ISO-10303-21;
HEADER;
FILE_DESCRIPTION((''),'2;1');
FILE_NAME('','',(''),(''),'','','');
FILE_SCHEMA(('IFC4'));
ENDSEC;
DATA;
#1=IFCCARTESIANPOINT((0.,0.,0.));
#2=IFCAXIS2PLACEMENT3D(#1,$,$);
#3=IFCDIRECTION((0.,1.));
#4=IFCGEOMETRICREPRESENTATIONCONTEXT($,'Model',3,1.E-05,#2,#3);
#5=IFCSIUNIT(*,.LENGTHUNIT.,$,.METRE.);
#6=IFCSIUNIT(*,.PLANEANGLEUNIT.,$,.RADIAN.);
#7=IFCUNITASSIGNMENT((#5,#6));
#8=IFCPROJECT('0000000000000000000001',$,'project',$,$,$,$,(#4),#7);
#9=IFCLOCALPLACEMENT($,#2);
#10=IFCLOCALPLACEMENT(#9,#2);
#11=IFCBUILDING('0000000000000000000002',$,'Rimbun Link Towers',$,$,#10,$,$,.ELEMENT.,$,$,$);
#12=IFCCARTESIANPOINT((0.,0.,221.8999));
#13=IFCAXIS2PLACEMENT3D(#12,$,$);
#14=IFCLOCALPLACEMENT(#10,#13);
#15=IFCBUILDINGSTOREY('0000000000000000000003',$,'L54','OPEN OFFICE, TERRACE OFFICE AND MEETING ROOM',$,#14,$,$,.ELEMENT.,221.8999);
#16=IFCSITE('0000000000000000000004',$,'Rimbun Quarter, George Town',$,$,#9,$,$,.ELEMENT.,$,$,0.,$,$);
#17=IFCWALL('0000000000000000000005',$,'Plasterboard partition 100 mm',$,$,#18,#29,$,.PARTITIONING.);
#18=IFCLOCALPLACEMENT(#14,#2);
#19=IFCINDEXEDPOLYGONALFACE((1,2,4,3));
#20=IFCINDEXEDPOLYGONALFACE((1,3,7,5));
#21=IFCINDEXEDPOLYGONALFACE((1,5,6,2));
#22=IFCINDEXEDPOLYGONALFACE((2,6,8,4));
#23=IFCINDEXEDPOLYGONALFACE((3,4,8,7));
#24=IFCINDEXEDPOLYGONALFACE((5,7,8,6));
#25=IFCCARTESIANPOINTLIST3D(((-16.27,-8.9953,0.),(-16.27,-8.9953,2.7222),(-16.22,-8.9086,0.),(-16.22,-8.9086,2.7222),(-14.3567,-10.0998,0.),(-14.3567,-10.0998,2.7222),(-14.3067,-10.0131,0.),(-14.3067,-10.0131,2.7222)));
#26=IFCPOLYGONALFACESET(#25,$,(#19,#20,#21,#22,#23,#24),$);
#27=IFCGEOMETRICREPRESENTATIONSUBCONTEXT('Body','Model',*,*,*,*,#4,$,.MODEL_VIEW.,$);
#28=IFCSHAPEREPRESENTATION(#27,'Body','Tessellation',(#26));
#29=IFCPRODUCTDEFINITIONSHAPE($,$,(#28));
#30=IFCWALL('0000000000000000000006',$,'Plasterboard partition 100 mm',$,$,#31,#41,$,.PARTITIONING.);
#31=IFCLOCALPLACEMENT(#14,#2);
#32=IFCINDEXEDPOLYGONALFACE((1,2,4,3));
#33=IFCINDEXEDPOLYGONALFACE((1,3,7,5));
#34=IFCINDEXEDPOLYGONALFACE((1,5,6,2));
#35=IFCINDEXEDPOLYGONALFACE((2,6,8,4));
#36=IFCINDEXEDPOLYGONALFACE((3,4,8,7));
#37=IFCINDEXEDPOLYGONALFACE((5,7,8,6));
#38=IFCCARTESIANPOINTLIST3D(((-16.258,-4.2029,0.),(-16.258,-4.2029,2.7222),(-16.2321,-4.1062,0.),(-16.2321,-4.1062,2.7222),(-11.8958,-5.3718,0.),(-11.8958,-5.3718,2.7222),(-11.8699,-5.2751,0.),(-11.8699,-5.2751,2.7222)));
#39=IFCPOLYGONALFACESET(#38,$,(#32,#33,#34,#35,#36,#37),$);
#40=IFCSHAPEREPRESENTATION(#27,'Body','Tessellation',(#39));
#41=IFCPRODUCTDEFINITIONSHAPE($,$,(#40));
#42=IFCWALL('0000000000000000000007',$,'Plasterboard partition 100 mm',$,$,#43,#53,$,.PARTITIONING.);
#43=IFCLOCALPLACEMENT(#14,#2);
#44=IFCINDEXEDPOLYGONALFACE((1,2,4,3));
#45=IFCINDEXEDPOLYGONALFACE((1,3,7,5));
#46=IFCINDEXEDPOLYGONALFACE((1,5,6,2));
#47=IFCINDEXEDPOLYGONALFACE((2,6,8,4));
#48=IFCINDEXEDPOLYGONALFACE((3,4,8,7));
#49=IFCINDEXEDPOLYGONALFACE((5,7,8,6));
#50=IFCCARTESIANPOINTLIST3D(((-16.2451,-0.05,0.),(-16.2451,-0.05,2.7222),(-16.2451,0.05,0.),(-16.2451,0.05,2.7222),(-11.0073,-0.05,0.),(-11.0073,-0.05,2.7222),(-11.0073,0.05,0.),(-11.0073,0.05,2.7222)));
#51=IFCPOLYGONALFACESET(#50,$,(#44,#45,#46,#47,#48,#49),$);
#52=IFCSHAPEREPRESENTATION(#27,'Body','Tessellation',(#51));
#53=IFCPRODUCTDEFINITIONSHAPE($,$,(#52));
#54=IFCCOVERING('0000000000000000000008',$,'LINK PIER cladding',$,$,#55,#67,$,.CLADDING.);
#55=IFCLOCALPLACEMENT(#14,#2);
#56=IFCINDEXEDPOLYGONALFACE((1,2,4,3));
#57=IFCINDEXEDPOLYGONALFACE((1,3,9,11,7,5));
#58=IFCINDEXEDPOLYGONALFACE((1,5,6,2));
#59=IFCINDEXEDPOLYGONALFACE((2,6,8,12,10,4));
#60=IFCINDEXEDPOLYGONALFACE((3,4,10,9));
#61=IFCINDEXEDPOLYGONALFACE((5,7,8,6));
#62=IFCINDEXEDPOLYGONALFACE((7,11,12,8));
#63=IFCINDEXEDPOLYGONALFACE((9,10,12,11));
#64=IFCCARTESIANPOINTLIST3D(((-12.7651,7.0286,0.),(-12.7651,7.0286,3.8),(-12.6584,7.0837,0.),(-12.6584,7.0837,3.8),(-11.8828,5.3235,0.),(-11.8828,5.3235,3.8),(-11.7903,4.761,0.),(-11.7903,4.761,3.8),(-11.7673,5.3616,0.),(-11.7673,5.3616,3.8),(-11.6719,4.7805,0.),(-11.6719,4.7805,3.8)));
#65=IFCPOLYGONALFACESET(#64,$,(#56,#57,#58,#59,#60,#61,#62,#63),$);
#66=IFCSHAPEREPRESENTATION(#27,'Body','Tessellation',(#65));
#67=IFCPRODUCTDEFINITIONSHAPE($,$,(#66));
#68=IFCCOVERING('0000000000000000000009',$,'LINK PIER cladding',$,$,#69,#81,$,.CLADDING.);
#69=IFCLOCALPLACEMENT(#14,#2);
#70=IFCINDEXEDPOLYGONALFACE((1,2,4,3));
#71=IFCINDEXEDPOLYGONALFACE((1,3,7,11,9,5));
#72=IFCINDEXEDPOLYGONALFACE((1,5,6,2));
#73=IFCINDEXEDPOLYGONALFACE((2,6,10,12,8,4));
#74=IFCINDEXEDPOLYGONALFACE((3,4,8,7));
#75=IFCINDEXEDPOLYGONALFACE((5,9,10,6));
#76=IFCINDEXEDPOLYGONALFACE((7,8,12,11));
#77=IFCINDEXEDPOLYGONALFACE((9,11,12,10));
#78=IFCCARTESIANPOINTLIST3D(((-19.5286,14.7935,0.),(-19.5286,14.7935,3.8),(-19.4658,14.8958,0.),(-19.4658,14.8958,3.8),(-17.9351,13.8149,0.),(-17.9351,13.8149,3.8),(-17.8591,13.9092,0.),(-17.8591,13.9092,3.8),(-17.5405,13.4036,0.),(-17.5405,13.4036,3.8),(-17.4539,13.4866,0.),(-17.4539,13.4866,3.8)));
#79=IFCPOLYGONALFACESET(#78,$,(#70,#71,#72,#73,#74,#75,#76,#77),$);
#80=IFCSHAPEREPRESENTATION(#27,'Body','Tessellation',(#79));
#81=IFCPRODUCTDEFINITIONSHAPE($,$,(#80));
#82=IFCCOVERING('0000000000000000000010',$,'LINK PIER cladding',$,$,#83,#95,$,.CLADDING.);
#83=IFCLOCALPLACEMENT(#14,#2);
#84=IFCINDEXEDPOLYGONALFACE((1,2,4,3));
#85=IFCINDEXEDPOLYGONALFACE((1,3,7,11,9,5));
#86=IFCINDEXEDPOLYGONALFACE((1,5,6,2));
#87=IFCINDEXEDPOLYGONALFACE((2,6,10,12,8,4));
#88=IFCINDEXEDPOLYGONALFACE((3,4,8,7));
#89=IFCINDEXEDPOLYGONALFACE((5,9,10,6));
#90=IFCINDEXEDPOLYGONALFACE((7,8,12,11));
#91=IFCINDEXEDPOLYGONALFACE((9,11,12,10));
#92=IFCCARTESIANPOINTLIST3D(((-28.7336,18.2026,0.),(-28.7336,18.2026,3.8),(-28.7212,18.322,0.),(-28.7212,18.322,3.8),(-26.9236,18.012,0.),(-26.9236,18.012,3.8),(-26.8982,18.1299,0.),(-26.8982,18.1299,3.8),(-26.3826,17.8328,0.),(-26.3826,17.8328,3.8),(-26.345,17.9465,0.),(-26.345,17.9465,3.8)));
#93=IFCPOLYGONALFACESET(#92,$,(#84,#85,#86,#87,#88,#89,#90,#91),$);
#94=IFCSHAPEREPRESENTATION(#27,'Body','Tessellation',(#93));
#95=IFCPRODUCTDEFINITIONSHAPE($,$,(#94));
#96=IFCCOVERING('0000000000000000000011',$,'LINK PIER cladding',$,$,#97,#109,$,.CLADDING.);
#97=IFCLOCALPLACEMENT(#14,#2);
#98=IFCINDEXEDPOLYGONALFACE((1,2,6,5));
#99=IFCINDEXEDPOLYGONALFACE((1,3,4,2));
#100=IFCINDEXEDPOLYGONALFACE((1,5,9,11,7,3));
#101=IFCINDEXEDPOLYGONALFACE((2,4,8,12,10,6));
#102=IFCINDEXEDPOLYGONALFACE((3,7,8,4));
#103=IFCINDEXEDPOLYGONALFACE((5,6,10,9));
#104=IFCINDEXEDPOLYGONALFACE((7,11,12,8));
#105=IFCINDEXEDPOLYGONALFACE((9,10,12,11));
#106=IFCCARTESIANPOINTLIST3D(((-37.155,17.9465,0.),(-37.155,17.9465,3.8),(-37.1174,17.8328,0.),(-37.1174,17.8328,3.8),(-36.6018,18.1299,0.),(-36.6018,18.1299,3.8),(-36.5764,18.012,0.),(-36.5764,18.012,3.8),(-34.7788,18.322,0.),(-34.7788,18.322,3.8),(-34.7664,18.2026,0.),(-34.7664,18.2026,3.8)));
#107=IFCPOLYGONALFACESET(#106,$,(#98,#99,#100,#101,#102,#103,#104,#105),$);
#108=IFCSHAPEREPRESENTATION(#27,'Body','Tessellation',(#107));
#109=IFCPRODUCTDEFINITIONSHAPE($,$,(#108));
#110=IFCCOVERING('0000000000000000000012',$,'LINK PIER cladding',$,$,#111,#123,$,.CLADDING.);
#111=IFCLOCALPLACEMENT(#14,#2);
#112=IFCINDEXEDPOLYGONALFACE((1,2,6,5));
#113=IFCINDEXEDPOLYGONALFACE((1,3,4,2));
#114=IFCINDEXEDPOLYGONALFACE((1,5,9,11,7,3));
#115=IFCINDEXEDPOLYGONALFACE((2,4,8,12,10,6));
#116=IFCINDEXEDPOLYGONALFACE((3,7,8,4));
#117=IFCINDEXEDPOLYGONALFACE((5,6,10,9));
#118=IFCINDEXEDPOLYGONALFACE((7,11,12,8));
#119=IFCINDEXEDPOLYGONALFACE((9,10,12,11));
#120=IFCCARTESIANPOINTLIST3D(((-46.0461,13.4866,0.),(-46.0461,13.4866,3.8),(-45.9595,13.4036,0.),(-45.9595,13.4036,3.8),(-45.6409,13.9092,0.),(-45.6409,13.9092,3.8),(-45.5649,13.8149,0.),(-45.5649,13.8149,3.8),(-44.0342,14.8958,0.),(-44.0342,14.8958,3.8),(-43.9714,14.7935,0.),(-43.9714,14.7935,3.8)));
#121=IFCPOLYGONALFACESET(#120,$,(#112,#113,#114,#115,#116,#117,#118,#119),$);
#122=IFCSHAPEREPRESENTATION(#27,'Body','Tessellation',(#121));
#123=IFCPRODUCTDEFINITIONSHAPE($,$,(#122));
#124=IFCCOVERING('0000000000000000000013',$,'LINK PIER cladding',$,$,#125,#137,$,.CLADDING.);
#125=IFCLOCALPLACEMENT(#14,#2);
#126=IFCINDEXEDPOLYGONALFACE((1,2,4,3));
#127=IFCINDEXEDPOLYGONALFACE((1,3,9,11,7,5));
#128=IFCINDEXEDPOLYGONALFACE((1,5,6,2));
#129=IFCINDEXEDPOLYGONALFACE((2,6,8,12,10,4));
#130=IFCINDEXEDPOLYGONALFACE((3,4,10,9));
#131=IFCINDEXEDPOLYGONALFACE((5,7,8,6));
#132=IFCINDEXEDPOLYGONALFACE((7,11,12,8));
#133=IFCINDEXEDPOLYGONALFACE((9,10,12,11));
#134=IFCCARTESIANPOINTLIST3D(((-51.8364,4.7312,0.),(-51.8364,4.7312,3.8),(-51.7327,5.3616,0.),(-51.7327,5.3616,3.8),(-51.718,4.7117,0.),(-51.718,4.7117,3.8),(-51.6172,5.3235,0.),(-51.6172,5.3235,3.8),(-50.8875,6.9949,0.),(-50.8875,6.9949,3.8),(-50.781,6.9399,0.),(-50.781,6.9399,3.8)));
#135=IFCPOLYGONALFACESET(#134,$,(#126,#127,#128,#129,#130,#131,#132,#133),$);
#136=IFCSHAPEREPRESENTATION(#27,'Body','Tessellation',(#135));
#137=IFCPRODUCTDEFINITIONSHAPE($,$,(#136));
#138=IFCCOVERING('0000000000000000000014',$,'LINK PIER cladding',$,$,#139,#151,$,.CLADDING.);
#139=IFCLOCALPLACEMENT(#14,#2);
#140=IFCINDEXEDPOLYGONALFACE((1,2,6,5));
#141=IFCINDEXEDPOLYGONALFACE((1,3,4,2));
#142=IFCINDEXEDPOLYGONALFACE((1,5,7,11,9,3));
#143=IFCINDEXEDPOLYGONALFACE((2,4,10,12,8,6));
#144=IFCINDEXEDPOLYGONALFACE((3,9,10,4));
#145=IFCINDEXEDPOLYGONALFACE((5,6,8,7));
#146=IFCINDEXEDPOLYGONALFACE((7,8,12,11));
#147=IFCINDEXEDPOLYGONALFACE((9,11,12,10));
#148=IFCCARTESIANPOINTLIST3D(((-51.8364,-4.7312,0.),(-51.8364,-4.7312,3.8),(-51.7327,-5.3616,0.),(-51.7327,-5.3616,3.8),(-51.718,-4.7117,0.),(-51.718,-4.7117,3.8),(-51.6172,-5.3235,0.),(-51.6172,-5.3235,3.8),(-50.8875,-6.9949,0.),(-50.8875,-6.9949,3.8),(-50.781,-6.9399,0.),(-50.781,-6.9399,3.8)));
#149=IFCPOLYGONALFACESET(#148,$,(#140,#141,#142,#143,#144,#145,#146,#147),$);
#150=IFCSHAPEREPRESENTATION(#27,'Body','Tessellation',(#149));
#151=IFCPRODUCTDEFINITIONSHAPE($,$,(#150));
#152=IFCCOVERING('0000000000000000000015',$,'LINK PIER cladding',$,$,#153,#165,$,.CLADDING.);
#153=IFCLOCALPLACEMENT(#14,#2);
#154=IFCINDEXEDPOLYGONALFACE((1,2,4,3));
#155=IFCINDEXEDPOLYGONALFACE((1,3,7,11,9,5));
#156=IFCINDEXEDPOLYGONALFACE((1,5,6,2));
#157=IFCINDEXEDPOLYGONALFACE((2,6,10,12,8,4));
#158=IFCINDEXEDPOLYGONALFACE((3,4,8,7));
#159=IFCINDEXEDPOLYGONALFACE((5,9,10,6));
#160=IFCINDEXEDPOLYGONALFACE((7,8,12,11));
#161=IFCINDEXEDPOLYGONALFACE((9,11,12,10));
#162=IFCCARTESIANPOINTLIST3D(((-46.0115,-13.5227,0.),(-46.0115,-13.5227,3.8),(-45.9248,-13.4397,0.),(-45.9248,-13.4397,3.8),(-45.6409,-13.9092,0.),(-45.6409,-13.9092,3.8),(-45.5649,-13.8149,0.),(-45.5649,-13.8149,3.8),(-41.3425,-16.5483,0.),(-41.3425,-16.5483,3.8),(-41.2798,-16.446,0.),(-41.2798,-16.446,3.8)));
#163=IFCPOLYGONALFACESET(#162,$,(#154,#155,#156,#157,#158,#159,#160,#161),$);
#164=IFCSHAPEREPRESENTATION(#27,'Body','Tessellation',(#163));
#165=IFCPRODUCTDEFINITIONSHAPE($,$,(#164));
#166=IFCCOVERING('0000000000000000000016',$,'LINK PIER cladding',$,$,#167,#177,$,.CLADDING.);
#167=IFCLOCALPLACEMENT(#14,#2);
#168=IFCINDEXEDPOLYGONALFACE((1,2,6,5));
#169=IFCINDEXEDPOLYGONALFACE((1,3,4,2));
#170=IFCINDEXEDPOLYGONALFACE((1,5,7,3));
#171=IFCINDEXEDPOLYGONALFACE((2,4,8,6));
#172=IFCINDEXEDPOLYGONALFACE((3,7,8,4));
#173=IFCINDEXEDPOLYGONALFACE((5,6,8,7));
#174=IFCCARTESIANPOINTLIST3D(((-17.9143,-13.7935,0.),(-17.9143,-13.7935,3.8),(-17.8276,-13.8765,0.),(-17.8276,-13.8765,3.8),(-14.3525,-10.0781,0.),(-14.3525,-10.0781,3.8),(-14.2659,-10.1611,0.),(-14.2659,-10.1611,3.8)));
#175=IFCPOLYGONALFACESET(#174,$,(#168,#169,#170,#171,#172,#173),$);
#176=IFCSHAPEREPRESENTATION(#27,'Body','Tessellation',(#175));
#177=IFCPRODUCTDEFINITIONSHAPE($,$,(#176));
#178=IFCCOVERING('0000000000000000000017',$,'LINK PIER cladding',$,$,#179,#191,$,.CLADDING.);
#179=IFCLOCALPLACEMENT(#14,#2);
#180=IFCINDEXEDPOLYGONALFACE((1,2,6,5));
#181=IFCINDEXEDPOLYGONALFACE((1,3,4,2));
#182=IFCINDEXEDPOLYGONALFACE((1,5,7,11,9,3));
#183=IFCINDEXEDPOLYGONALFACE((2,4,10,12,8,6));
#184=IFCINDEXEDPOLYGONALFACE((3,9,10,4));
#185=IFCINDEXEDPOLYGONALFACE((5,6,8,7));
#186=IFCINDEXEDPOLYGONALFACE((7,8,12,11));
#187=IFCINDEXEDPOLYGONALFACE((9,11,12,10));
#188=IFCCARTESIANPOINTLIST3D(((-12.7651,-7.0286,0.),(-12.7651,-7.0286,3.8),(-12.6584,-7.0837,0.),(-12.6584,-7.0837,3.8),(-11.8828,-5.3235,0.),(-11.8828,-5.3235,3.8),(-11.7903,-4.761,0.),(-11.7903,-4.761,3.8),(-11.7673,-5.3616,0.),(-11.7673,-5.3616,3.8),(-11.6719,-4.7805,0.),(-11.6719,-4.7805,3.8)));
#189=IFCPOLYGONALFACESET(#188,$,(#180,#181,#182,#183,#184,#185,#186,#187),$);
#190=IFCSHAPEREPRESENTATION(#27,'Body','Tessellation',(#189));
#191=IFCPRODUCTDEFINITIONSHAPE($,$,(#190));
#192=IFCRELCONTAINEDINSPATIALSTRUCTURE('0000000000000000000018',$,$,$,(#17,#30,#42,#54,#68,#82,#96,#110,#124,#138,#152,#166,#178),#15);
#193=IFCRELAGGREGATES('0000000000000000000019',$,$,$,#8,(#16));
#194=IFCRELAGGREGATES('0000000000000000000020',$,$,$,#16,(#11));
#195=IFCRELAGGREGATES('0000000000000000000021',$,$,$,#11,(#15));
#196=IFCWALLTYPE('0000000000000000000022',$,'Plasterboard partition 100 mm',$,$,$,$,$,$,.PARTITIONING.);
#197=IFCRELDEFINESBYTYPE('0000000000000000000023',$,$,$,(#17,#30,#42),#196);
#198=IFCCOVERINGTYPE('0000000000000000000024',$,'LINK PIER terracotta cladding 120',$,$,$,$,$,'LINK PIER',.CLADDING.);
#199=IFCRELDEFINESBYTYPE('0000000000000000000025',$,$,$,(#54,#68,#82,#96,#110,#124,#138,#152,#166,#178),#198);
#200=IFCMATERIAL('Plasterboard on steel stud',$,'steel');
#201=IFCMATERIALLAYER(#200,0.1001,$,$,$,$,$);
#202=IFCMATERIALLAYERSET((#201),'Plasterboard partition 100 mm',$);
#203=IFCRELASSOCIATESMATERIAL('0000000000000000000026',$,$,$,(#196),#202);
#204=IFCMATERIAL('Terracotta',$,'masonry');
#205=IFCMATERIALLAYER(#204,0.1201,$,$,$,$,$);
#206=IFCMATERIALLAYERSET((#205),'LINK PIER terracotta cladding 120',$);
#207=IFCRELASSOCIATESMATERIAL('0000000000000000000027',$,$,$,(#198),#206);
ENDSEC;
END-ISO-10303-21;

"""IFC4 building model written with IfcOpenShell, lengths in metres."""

from ifc_helpers import new_model, si_unit, direction, frame, frame_2d, origin, place, context, subcontext, project, spatial, polyline, rectangle, outline, extrude, material, layer, layer_set, type_object, element, save


model = new_model("IFC4")

# Units and contexts
model_context = context("Model", 3, precision=1e-05, world=origin(), true_north=direction((0.0, 1.0)))
body_context = subcontext(model_context, "Body", "Model", "MODEL_VIEW")
ifc_project = project(units=[si_unit("LENGTHUNIT", "METRE"), si_unit("PLANEANGLEUNIT", "RADIAN")], contexts=[model_context])

# Site, building, storey
site_placement = place(None, origin())
site = spatial("IfcSite", under=ifc_project, at=site_placement, Name="Rimbun Quarter, George Town", CompositionType="ELEMENT", RefElevation=0.0)
building_placement = place(site_placement, origin())
building = spatial("IfcBuilding", under=site, at=building_placement, Name="Rimbun Link Towers", CompositionType="ELEMENT")
storey_placement = place(building_placement, frame((0.0, 0.0, 221.8999)))
storey = spatial("IfcBuildingStorey", under=building, at=storey_placement, Name="L54", Description="OPEN OFFICE, TERRACE OFFICE AND MEETING ROOM", CompositionType="ELEMENT", Elevation=221.8999)

# Walls
ifc_material_1 = material(Name="Plasterboard on steel stud", Category="steel")
ifc_layer_1 = layer(ifc_material_1, 0.1001)
ifc_layer_set_1 = layer_set([ifc_layer_1], Name="Plasterboard partition 100 mm")
wall_type = type_object("IfcWallType", Name="Plasterboard partition 100 mm", PredefinedType="PARTITIONING", material=ifc_layer_set_1)
wall_1_placement = place(storey_placement, frame((-14.3318, -10.0564, 0.0), z_axis=(0.0, 0.0, 1.0), x_axis=(-0.866059, 0.499942, 0.0)))
element("IfcWall", 1, at=wall_1_placement, inside=storey, type_object=wall_type, Name="Plasterboard partition 100 mm", PredefinedType="PARTITIONING", context=body_context, shape_type="SweptSolid", body=[
    extrude(rectangle(XDim=2.2092, YDim=0.1001, at=frame_2d((1.1045, 0.0))), origin(), (0.0, 0.0, 1.0), 2.7222),
])
wall_2_placement = place(storey_placement, frame((-11.8828, -5.3235, 0.0), z_axis=(0.0, 0.0, 1.0), x_axis=(-0.965922, 0.258833, 0.0)))
element("IfcWall", 2, at=wall_2_placement, inside=storey, type_object=wall_type, Name="Plasterboard partition 100 mm", PredefinedType="PARTITIONING", context=body_context, shape_type="SweptSolid", body=[
    extrude(rectangle(XDim=4.5161, YDim=0.1001, at=frame_2d((2.2581, 0.0))), origin(), (0.0, 0.0, 1.0), 2.7222),
])
wall_3_placement = place(storey_placement, frame((-11.0073, 0.0, 0.0), z_axis=(0.0, 0.0, 1.0), x_axis=(-1.0, 0.0, 0.0)))
element("IfcWall", 3, at=wall_3_placement, inside=storey, type_object=wall_type, Name="Plasterboard partition 100 mm", PredefinedType="PARTITIONING", context=body_context, shape_type="SweptSolid", body=[
    extrude(rectangle(XDim=5.2378, YDim=0.1001, at=frame_2d((2.6189, 0.0))), origin(), (0.0, 0.0, 1.0), 2.7222),
])

# Coverings
ifc_material_2 = material(Name="Terracotta", Category="masonry")
ifc_layer_2 = layer(ifc_material_2, 0.1201)
ifc_layer_set_2 = layer_set([ifc_layer_2], Name="LINK PIER terracotta cladding 120")
covering_type_1 = type_object("IfcCoveringType", Name="LINK PIER terracotta cladding 120", ElementType="LINK PIER", PredefinedType="CLADDING", material=ifc_layer_set_2)
covering_1_placement = place(storey_placement, origin())
element("IfcCovering", 4, at=covering_1_placement, inside=storey, type_object=covering_type_1, Name="LINK PIER cladding", PredefinedType="CLADDING", context=body_context, shape_type="SweptSolid", body=[
    extrude(outline(polyline([(-12.7651, 7.0286), (-11.8828, 5.3235), (-11.7903, 4.761), (-11.6719, 4.7805), (-11.7673, 5.3616), (-12.6584, 7.0837), (-12.7651, 7.0286)])), origin(), (0.0, 0.0, 1.0), 3.8),
])
covering_2_placement = place(storey_placement, origin())
element("IfcCovering", 5, at=covering_2_placement, inside=storey, type_object=covering_type_1, Name="LINK PIER cladding", PredefinedType="CLADDING", context=body_context, shape_type="SweptSolid", body=[
    extrude(outline(polyline([(-19.5286, 14.7935), (-17.9351, 13.8149), (-17.5405, 13.4036), (-17.4539, 13.4866), (-17.8591, 13.9092), (-19.4658, 14.8958), (-19.5286, 14.7935)])), origin(), (0.0, 0.0, 1.0), 3.8),
])
covering_3_placement = place(storey_placement, origin())
element("IfcCovering", 6, at=covering_3_placement, inside=storey, type_object=covering_type_1, Name="LINK PIER cladding", PredefinedType="CLADDING", context=body_context, shape_type="SweptSolid", body=[
    extrude(outline(polyline([(-28.7336, 18.2026), (-26.9236, 18.012), (-26.3826, 17.8328), (-26.345, 17.9465), (-26.8982, 18.1299), (-28.7212, 18.322), (-28.7336, 18.2026)])), origin(), (0.0, 0.0, 1.0), 3.8),
])
covering_4_placement = place(storey_placement, origin())
element("IfcCovering", 7, at=covering_4_placement, inside=storey, type_object=covering_type_1, Name="LINK PIER cladding", PredefinedType="CLADDING", context=body_context, shape_type="SweptSolid", body=[
    extrude(outline(polyline([(-37.1174, 17.8328), (-36.5764, 18.012), (-34.7664, 18.2026), (-34.7788, 18.322), (-36.6018, 18.1299), (-37.155, 17.9465), (-37.1174, 17.8328)])), origin(), (0.0, 0.0, 1.0), 3.8),
])
covering_5_placement = place(storey_placement, origin())
element("IfcCovering", 8, at=covering_5_placement, inside=storey, type_object=covering_type_1, Name="LINK PIER cladding", PredefinedType="CLADDING", context=body_context, shape_type="SweptSolid", body=[
    extrude(outline(polyline([(-45.9595, 13.4036), (-45.5649, 13.8149), (-43.9714, 14.7935), (-44.0342, 14.8958), (-45.6409, 13.9092), (-46.0461, 13.4866), (-45.9595, 13.4036)])), origin(), (0.0, 0.0, 1.0), 3.8),
])
covering_6_placement = place(storey_placement, origin())
element("IfcCovering", 9, at=covering_6_placement, inside=storey, type_object=covering_type_1, Name="LINK PIER cladding", PredefinedType="CLADDING", context=body_context, shape_type="SweptSolid", body=[
    extrude(outline(polyline([(-51.718, 4.7117), (-51.6172, 5.3235), (-50.781, 6.9399), (-50.8875, 6.9949), (-51.7327, 5.3616), (-51.8364, 4.7312), (-51.718, 4.7117)])), origin(), (0.0, 0.0, 1.0), 3.8),
])
covering_7_placement = place(storey_placement, origin())
element("IfcCovering", 10, at=covering_7_placement, inside=storey, type_object=covering_type_1, Name="LINK PIER cladding", PredefinedType="CLADDING", context=body_context, shape_type="SweptSolid", body=[
    extrude(outline(polyline([(-50.781, -6.9399), (-51.6172, -5.3235), (-51.718, -4.7117), (-51.8364, -4.7312), (-51.7327, -5.3616), (-50.8875, -6.9949), (-50.781, -6.9399)])), origin(), (0.0, 0.0, 1.0), 3.8),
])
covering_8_placement = place(storey_placement, origin())
element("IfcCovering", 11, at=covering_8_placement, inside=storey, type_object=covering_type_1, Name="LINK PIER cladding", PredefinedType="CLADDING", context=body_context, shape_type="SweptSolid", body=[
    extrude(outline(polyline([(-41.2798, -16.446), (-45.5649, -13.8149), (-45.9248, -13.4397), (-46.0115, -13.5227), (-45.6409, -13.9092), (-41.3425, -16.5483), (-41.2798, -16.446)])), origin(), (0.0, 0.0, 1.0), 3.8),
])
covering_9_placement = place(storey_placement, origin())
element("IfcCovering", 12, at=covering_9_placement, inside=storey, type_object=covering_type_1, Name="LINK PIER cladding", PredefinedType="CLADDING", context=body_context, shape_type="SweptSolid", body=[
    extrude(outline(polyline([(-14.3525, -10.0781), (-17.9143, -13.7935), (-17.8276, -13.8765), (-14.2659, -10.1611), (-14.3525, -10.0781)])), origin(), (0.0, 0.0, 1.0), 3.8),
])
covering_10_placement = place(storey_placement, origin())
element("IfcCovering", 13, at=covering_10_placement, inside=storey, type_object=covering_type_1, Name="LINK PIER cladding", PredefinedType="CLADDING", context=body_context, shape_type="SweptSolid", body=[
    extrude(outline(polyline([(-11.7903, -4.761), (-11.8828, -5.3235), (-12.7651, -7.0286), (-12.6584, -7.0837), (-11.7673, -5.3616), (-11.6719, -4.7805), (-11.7903, -4.761)])), origin(), (0.0, 0.0, 1.0), 3.8),
])

save(model, "model.ifc")
